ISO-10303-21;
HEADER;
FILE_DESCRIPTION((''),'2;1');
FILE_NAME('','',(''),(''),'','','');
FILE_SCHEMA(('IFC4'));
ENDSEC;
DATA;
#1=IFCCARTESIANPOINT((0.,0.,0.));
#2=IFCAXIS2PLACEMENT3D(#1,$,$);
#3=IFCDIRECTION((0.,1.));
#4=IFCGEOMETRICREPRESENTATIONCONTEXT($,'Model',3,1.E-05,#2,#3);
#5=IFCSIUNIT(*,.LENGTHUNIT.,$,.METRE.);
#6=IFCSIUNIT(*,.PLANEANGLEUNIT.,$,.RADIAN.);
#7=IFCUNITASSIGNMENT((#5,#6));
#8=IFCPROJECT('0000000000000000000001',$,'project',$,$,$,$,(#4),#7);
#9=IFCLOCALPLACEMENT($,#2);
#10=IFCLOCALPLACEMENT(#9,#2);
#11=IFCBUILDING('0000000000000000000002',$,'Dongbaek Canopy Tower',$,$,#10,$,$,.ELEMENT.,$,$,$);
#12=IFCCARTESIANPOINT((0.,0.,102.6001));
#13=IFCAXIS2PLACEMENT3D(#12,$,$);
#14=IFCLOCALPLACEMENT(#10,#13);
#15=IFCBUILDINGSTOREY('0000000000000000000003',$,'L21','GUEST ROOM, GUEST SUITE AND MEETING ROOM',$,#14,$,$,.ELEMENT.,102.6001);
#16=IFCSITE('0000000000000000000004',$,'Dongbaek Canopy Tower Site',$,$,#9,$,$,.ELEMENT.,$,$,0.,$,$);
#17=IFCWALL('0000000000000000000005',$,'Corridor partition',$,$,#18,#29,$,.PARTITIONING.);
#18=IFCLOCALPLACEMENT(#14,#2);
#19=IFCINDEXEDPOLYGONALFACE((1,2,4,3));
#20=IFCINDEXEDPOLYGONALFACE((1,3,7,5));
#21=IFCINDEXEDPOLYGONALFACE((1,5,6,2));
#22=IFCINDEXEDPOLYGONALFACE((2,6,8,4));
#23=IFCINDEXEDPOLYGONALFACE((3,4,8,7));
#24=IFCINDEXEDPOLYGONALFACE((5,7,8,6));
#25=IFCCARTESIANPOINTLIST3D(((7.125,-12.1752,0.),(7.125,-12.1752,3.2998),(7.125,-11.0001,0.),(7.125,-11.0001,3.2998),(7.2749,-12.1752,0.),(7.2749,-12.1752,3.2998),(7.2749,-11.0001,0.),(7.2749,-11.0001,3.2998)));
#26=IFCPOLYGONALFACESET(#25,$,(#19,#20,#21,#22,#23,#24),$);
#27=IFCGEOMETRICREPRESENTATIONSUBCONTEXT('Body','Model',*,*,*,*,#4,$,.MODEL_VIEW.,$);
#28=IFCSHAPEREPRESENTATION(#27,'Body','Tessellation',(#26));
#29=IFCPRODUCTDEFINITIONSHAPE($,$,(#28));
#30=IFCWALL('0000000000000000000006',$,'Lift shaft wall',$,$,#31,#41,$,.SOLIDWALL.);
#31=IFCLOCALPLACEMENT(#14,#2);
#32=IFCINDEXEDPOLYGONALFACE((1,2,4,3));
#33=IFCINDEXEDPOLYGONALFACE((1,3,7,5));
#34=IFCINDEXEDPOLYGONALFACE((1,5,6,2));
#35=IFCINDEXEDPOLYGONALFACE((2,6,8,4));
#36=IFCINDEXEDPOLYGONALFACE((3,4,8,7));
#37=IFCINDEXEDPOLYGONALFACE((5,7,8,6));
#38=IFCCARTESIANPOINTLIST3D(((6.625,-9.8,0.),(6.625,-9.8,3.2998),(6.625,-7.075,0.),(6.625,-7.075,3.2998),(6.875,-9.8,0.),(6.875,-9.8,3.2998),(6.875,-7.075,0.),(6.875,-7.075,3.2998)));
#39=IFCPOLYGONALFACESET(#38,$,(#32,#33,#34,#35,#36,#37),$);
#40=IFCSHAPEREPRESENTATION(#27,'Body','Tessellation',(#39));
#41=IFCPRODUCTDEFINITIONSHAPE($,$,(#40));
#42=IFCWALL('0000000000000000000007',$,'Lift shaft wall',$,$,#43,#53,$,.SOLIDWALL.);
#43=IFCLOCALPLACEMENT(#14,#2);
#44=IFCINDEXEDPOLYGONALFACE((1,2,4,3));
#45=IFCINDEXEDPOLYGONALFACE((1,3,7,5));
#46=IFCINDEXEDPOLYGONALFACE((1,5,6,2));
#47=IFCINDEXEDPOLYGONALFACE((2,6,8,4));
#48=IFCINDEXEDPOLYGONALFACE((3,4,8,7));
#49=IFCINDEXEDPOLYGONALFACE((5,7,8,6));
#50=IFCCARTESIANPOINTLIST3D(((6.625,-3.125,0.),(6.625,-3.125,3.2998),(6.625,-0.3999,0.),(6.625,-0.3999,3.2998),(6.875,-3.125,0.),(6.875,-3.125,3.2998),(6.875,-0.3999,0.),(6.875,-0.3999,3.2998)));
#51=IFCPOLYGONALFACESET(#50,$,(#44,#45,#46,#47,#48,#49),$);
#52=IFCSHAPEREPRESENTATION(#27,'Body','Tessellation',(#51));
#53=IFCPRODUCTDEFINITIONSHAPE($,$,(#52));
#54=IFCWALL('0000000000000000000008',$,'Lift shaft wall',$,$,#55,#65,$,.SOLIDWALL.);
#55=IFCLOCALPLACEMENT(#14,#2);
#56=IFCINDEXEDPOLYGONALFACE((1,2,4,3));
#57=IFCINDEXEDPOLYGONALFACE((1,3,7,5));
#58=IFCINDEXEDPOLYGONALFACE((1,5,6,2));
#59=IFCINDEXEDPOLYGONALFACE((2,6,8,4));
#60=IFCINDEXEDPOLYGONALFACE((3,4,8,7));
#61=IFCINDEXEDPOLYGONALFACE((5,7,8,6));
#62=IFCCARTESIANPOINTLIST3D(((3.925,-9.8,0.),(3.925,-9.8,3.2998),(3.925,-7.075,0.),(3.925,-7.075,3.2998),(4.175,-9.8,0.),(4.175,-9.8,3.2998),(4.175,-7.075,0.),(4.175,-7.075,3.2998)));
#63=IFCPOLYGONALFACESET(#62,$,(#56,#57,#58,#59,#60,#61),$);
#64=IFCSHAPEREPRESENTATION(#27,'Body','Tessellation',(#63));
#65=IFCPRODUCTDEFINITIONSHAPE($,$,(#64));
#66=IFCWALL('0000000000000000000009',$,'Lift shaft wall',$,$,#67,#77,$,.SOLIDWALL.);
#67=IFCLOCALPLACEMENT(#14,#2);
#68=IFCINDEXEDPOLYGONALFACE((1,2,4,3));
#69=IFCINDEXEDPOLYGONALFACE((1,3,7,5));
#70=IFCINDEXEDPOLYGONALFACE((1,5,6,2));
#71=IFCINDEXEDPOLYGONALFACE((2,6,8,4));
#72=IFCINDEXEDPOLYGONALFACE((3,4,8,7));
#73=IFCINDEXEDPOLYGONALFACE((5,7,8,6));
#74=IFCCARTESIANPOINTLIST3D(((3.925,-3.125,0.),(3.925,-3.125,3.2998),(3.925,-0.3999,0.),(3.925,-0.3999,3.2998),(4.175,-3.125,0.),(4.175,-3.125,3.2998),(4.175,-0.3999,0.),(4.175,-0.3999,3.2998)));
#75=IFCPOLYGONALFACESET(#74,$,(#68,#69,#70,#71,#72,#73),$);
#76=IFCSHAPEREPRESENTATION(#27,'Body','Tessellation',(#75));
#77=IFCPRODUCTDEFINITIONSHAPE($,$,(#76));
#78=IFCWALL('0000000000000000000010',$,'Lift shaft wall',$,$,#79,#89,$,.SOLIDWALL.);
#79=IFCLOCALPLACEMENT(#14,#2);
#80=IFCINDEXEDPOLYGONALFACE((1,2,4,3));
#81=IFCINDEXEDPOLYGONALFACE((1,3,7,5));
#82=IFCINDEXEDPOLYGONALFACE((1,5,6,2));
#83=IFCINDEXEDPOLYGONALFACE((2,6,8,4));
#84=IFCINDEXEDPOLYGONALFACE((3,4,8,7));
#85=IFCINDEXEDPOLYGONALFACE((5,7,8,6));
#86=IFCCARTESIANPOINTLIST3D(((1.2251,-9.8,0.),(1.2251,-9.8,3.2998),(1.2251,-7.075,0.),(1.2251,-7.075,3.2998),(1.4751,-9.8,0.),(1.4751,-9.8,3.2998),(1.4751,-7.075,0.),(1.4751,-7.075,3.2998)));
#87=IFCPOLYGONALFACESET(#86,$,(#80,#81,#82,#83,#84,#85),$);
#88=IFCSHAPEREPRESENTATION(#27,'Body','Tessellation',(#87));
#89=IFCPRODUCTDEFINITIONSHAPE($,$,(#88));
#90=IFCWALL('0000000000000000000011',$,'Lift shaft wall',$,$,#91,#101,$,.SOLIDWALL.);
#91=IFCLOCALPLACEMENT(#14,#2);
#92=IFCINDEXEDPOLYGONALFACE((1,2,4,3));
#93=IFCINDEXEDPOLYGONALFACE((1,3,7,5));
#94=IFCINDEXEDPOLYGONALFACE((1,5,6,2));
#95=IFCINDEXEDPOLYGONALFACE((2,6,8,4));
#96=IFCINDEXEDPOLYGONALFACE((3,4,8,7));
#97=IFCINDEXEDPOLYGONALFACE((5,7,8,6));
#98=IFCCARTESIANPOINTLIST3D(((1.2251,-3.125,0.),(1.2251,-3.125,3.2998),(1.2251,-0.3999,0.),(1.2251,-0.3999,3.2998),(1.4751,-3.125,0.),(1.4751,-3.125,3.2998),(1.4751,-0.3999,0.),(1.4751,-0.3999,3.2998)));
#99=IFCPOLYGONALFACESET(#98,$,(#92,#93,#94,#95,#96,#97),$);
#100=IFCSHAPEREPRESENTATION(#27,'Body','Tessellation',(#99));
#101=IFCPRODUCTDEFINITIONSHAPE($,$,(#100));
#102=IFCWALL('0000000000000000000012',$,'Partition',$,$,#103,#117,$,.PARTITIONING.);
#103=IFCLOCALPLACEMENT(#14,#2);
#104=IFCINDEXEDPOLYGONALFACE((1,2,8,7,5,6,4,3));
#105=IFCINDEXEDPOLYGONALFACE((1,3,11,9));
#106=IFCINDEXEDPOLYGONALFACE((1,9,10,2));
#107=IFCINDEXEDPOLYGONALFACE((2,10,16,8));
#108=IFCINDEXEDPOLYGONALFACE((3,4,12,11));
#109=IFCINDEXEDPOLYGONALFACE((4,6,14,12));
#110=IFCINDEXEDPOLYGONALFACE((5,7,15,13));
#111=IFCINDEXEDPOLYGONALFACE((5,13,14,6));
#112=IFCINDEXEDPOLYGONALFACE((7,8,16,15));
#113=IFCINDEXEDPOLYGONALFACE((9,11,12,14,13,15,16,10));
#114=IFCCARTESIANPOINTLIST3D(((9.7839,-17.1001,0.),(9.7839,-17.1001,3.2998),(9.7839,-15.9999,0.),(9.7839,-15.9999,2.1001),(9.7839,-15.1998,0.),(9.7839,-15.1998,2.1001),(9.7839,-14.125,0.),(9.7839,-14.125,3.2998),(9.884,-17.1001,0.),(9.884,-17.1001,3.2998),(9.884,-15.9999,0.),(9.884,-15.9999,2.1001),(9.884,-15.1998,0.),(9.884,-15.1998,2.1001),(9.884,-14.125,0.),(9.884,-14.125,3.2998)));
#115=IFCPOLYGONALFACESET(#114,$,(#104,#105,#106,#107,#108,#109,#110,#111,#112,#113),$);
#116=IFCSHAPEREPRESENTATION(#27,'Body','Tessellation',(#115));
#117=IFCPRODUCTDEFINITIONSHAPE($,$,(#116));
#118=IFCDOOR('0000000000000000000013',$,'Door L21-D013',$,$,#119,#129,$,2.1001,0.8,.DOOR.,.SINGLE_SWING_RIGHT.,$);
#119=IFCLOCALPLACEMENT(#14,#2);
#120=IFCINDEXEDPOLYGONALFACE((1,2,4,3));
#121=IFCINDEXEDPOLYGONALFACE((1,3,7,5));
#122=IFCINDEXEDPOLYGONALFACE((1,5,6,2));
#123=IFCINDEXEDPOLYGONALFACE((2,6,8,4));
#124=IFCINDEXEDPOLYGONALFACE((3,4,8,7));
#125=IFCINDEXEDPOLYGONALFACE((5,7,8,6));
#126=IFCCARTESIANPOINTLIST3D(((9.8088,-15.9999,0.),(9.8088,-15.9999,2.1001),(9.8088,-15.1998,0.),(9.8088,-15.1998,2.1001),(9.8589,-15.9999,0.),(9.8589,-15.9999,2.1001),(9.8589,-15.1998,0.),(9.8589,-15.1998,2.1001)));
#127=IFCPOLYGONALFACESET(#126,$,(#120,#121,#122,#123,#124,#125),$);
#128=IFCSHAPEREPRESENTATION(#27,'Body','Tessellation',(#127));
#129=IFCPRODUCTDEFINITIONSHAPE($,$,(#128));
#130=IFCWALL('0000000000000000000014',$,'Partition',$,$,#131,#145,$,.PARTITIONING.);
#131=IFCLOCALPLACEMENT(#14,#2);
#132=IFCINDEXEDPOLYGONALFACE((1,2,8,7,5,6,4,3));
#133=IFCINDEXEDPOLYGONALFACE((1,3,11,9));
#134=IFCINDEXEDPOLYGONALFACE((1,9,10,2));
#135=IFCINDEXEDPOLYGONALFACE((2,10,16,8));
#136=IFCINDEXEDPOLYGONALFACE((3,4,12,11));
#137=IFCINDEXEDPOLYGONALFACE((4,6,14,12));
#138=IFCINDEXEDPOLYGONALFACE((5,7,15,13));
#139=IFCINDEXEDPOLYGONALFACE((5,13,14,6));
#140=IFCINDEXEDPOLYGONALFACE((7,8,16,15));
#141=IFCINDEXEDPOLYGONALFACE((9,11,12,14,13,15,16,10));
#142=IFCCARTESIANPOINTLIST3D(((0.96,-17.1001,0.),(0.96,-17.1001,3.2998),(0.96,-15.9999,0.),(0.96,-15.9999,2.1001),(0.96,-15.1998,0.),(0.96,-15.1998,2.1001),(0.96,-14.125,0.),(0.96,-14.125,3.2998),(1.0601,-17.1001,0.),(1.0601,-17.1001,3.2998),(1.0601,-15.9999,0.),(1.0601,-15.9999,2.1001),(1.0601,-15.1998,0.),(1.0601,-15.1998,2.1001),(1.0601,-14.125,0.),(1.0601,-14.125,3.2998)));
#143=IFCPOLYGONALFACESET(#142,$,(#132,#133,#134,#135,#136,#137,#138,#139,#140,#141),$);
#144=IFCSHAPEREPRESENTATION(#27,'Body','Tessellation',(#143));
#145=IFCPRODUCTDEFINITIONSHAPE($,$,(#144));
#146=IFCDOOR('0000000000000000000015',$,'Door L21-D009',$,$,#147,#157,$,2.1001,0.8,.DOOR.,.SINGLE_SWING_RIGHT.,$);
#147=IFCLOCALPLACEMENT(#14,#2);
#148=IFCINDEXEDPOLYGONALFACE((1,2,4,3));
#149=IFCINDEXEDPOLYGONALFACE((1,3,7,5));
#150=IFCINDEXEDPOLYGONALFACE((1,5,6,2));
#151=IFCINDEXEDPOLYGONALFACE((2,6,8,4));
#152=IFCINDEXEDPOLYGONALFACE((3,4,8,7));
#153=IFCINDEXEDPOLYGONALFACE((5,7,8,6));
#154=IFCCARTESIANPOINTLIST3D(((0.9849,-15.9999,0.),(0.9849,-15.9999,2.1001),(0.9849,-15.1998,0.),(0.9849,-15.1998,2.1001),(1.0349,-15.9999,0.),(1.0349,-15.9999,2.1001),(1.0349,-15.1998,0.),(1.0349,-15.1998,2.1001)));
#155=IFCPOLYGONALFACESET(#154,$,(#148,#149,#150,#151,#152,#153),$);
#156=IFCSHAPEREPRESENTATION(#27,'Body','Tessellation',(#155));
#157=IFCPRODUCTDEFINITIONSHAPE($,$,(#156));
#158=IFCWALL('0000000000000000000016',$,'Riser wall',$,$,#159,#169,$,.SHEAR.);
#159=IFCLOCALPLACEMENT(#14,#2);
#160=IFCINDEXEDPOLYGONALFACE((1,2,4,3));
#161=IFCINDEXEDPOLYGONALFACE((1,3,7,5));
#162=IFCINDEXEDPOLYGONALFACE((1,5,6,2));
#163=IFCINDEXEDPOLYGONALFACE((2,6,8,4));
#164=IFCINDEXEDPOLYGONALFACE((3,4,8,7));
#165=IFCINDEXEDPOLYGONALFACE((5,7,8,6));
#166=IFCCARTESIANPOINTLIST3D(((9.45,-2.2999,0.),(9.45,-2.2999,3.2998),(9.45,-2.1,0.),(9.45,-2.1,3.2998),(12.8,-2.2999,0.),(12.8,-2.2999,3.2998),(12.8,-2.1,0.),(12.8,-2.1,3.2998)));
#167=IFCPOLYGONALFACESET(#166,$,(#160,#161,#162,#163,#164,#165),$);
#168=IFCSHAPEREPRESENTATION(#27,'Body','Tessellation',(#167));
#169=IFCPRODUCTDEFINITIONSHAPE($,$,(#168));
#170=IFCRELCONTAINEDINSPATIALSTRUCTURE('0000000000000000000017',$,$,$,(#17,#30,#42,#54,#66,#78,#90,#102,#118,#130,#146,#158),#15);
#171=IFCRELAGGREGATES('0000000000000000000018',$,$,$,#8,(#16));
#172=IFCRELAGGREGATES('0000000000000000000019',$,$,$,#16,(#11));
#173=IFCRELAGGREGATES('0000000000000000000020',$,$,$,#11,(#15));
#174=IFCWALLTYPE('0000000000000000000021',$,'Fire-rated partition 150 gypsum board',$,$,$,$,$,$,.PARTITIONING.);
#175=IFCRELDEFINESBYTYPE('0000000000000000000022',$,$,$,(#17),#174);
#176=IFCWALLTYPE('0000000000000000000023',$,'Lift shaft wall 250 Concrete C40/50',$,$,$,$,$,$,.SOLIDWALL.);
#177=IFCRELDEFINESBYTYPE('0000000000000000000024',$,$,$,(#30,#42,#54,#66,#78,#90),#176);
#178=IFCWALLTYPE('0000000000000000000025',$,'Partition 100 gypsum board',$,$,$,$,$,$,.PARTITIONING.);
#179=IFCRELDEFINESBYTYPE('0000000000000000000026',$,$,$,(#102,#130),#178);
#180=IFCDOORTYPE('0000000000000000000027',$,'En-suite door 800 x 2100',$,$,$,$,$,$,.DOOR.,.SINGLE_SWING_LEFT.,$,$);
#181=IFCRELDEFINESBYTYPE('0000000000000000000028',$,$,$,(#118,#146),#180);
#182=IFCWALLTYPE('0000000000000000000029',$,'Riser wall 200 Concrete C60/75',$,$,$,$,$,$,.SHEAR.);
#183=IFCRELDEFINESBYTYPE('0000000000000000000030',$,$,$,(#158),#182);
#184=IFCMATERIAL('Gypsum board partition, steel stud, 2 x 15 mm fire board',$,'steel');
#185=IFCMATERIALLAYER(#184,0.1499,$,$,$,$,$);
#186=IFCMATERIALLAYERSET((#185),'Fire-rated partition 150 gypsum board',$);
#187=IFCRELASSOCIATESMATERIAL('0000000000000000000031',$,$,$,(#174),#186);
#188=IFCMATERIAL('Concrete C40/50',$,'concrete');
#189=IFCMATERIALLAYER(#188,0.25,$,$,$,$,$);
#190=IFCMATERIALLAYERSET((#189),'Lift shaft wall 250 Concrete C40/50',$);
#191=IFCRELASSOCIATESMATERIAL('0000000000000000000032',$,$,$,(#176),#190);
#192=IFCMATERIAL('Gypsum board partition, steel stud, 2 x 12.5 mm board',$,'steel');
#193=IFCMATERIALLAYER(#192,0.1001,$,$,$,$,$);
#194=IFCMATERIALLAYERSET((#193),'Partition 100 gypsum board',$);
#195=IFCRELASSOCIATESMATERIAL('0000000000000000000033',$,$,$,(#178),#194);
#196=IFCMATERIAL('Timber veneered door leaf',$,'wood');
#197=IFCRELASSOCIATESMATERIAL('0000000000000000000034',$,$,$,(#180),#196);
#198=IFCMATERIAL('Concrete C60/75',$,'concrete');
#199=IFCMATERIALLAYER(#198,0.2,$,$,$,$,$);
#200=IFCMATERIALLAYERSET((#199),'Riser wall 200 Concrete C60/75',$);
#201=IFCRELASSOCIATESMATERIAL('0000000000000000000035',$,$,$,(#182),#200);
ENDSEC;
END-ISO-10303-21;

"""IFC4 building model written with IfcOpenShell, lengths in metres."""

from ifc_helpers import new_model, si_unit, direction, frame, frame_2d, origin, place, context, subcontext, project, spatial, rectangle, extrude, material, layer, layer_set, type_object, element, fill, save


model = new_model("IFC4")

# Units and contexts
model_context = context("Model", 3, precision=1e-05, world=origin(), true_north=direction((0.0, 1.0)))
body_context = subcontext(model_context, "Body", "Model", "MODEL_VIEW")
ifc_project = project(units=[si_unit("LENGTHUNIT", "METRE"), si_unit("PLANEANGLEUNIT", "RADIAN")], contexts=[model_context])

# Site, building, storey
site_placement = place(None, origin())
site = spatial("IfcSite", under=ifc_project, at=site_placement, Name="Dongbaek Canopy Tower Site", CompositionType="ELEMENT", RefElevation=0.0)
building_placement = place(site_placement, origin())
building = spatial("IfcBuilding", under=site, at=building_placement, Name="Dongbaek Canopy Tower", CompositionType="ELEMENT")
storey_placement = place(building_placement, frame((0.0, 0.0, 102.6001)))
storey = spatial("IfcBuildingStorey", under=building, at=storey_placement, Name="L21", Description="GUEST ROOM, GUEST SUITE AND MEETING ROOM", CompositionType="ELEMENT", Elevation=102.6001)

# Walls
ifc_material_1 = material(Name="Gypsum board partition, steel stud, 2 x 15 mm fire board", Category="steel")
ifc_layer_1 = layer(ifc_material_1, 0.1499)
ifc_layer_set_1 = layer_set([ifc_layer_1], Name="Fire-rated partition 150 gypsum board")
wall_type_1 = type_object("IfcWallType", Name="Fire-rated partition 150 gypsum board", PredefinedType="PARTITIONING", material=ifc_layer_set_1)
for number, where, z_axis, x_axis, name in (
    (1, (7.2, -12.175, 0.0), (0.0, 0.0, 1.0), (0.0, 1.0, 0.0), "Corridor partition"),
):
    element("IfcWall", number, at=place(storey_placement, frame(where, z_axis=z_axis, x_axis=x_axis)), inside=storey, type_object=wall_type_1, Name=name, PredefinedType="PARTITIONING", context=body_context, shape_type="SweptSolid", body=[
        extrude(rectangle(XDim=1.175, YDim=0.1499, at=frame_2d((0.5874, 0.0))), origin(), (0.0, 0.0, 1.0), 3.2998),
    ])
ifc_material_2 = material(Name="Concrete C40/50", Category="concrete")
ifc_layer_2 = layer(ifc_material_2, 0.25)
ifc_layer_set_2 = layer_set([ifc_layer_2], Name="Lift shaft wall 250 Concrete C40/50")
wall_type_2 = type_object("IfcWallType", Name="Lift shaft wall 250 Concrete C40/50", PredefinedType="SOLIDWALL", material=ifc_layer_set_2)
for number, where, z_axis, x_axis, name in (
    (2, (6.75, -9.8, 0.0), (0.0, 0.0, 1.0), (0.0, 1.0, 0.0), "Lift shaft wall"),
    (3, (6.75, -3.125, 0.0), (0.0, 0.0, 1.0), (0.0, 1.0, 0.0), "Lift shaft wall"),
    (4, (4.05, -9.8, 0.0), (0.0, 0.0, 1.0), (0.0, 1.0, 0.0), "Lift shaft wall"),
    (5, (4.05, -3.125, 0.0), (0.0, 0.0, 1.0), (0.0, 1.0, 0.0), "Lift shaft wall"),
    (6, (1.3501, -9.8, 0.0), (0.0, 0.0, 1.0), (0.0, 1.0, 0.0), "Lift shaft wall"),
    (7, (1.3501, -3.125, 0.0), (0.0, 0.0, 1.0), (0.0, 1.0, 0.0), "Lift shaft wall"),
):
    element("IfcWall", number, at=place(storey_placement, frame(where, z_axis=z_axis, x_axis=x_axis)), inside=storey, type_object=wall_type_2, Name=name, PredefinedType="SOLIDWALL", context=body_context, shape_type="SweptSolid", body=[
        extrude(rectangle(XDim=2.7251, YDim=0.25, at=frame_2d((1.3625, 0.0))), origin(), (0.0, 0.0, 1.0), 3.2998),
    ])

# Walls, openings, doors
ifc_material_3 = material(Name="Gypsum board partition, steel stud, 2 x 12.5 mm board", Category="steel")
ifc_layer_3 = layer(ifc_material_3, 0.1001)
ifc_layer_set_3 = layer_set([ifc_layer_3], Name="Partition 100 gypsum board")
wall_type_3 = type_object("IfcWallType", Name="Partition 100 gypsum board", PredefinedType="PARTITIONING", material=ifc_layer_set_3)
wall_1_placement = place(storey_placement, frame((9.834, -14.125, 0.0), z_axis=(0.0, 0.0, 1.0), x_axis=(0.0, -1.0, 0.0)))
wall_1 = element("IfcWall", 8, at=wall_1_placement, inside=storey, type_object=wall_type_3, Name="Partition", PredefinedType="PARTITIONING", context=body_context, shape_type="SweptSolid", body=[
    extrude(rectangle(XDim=2.9751, YDim=0.1001, at=frame_2d((1.4875, 0.0))), origin(), (0.0, 0.0, 1.0), 3.2998),
])
opening_1_placement = place(wall_1_placement, frame((1.075, 0.0, 0.0)))
opening_1 = element("IfcOpeningElement", 9, at=opening_1_placement, cuts=wall_1, PredefinedType="OPENING", context=body_context, shape_type="SweptSolid", body=[
    extrude(rectangle(XDim=0.8, YDim=2.1001, at=frame_2d((0.3999, 1.05))), frame((0.0, 0.0601, 0.0), z_axis=(0.0, -1.0, 0.0), x_axis=(1.0, 0.0, 0.0)), (0.0, 0.0, 1.0), 0.1201),
])
ifc_material_4 = material(Name="Timber veneered door leaf", Category="wood")
door_type_1 = type_object("IfcDoorType", Name="En-suite door 800 x 2100", OperationType="SINGLE_SWING_LEFT", PredefinedType="DOOR", material=ifc_material_4)
door_1_placement = place(opening_1_placement, origin())
door_1 = element("IfcDoor", 10, at=door_1_placement, inside=storey, type_object=door_type_1, Name="Door L21-D013", OperationType="SINGLE_SWING_RIGHT", OverallHeight=2.1001, OverallWidth=0.8, PredefinedType="DOOR", context=body_context, shape_type="SweptSolid", body=[
    extrude(rectangle(XDim=0.8, YDim=2.1001, at=frame_2d((0.3999, 1.05))), frame((0.0, 0.0249, 0.0), z_axis=(0.0, -1.0, 0.0), x_axis=(1.0, 0.0, 0.0)), (0.0, 0.0, 1.0), 0.05),
])
fill(opening_1, door_1)
wall_2_placement = place(storey_placement, frame((1.01, -14.125, 0.0), z_axis=(0.0, 0.0, 1.0), x_axis=(0.0, -1.0, 0.0)))
wall_2 = element("IfcWall", 11, at=wall_2_placement, inside=storey, type_object=wall_type_3, Name="Partition", PredefinedType="PARTITIONING", context=body_context, shape_type="SweptSolid", body=[
    extrude(rectangle(XDim=2.9751, YDim=0.1001, at=frame_2d((1.4875, 0.0))), origin(), (0.0, 0.0, 1.0), 3.2998),
])
opening_2_placement = place(wall_2_placement, frame((1.075, 0.0, 0.0)))
opening_2 = element("IfcOpeningElement", 12, at=opening_2_placement, cuts=wall_2, PredefinedType="OPENING", context=body_context, shape_type="SweptSolid", body=[
    extrude(rectangle(XDim=0.8, YDim=2.1001, at=frame_2d((0.3999, 1.05))), frame((0.0, 0.0601, 0.0), z_axis=(0.0, -1.0, 0.0), x_axis=(1.0, 0.0, 0.0)), (0.0, 0.0, 1.0), 0.1201),
])
door_2_placement = place(opening_2_placement, origin())
door_2 = element("IfcDoor", 13, at=door_2_placement, inside=storey, type_object=door_type_1, Name="Door L21-D009", OperationType="SINGLE_SWING_RIGHT", OverallHeight=2.1001, OverallWidth=0.8, PredefinedType="DOOR", context=body_context, shape_type="SweptSolid", body=[
    extrude(rectangle(XDim=0.8, YDim=2.1001, at=frame_2d((0.3999, 1.05))), frame((0.0, 0.0249, 0.0), z_axis=(0.0, -1.0, 0.0), x_axis=(1.0, 0.0, 0.0)), (0.0, 0.0, 1.0), 0.05),
])
fill(opening_2, door_2)

# Wall
ifc_material_5 = material(Name="Concrete C60/75", Category="concrete")
ifc_layer_4 = layer(ifc_material_5, 0.2)
ifc_layer_set_4 = layer_set([ifc_layer_4], Name="Riser wall 200 Concrete C60/75")
wall_type_4 = type_object("IfcWallType", Name="Riser wall 200 Concrete C60/75", PredefinedType="SHEAR", material=ifc_layer_set_4)
wall_3_placement = place(storey_placement, frame((9.45, -2.2, 0.0), z_axis=(0.0, 0.0, 1.0), x_axis=(1.0, 0.0, 0.0)))
element("IfcWall", 14, at=wall_3_placement, inside=storey, type_object=wall_type_4, Name="Riser wall", PredefinedType="SHEAR", context=body_context, shape_type="SweptSolid", body=[
    extrude(rectangle(XDim=3.3501, YDim=0.2, at=frame_2d((1.675, 0.0))), origin(), (0.0, 0.0, 1.0), 3.2998),
])

save(model, "model.ifc")
